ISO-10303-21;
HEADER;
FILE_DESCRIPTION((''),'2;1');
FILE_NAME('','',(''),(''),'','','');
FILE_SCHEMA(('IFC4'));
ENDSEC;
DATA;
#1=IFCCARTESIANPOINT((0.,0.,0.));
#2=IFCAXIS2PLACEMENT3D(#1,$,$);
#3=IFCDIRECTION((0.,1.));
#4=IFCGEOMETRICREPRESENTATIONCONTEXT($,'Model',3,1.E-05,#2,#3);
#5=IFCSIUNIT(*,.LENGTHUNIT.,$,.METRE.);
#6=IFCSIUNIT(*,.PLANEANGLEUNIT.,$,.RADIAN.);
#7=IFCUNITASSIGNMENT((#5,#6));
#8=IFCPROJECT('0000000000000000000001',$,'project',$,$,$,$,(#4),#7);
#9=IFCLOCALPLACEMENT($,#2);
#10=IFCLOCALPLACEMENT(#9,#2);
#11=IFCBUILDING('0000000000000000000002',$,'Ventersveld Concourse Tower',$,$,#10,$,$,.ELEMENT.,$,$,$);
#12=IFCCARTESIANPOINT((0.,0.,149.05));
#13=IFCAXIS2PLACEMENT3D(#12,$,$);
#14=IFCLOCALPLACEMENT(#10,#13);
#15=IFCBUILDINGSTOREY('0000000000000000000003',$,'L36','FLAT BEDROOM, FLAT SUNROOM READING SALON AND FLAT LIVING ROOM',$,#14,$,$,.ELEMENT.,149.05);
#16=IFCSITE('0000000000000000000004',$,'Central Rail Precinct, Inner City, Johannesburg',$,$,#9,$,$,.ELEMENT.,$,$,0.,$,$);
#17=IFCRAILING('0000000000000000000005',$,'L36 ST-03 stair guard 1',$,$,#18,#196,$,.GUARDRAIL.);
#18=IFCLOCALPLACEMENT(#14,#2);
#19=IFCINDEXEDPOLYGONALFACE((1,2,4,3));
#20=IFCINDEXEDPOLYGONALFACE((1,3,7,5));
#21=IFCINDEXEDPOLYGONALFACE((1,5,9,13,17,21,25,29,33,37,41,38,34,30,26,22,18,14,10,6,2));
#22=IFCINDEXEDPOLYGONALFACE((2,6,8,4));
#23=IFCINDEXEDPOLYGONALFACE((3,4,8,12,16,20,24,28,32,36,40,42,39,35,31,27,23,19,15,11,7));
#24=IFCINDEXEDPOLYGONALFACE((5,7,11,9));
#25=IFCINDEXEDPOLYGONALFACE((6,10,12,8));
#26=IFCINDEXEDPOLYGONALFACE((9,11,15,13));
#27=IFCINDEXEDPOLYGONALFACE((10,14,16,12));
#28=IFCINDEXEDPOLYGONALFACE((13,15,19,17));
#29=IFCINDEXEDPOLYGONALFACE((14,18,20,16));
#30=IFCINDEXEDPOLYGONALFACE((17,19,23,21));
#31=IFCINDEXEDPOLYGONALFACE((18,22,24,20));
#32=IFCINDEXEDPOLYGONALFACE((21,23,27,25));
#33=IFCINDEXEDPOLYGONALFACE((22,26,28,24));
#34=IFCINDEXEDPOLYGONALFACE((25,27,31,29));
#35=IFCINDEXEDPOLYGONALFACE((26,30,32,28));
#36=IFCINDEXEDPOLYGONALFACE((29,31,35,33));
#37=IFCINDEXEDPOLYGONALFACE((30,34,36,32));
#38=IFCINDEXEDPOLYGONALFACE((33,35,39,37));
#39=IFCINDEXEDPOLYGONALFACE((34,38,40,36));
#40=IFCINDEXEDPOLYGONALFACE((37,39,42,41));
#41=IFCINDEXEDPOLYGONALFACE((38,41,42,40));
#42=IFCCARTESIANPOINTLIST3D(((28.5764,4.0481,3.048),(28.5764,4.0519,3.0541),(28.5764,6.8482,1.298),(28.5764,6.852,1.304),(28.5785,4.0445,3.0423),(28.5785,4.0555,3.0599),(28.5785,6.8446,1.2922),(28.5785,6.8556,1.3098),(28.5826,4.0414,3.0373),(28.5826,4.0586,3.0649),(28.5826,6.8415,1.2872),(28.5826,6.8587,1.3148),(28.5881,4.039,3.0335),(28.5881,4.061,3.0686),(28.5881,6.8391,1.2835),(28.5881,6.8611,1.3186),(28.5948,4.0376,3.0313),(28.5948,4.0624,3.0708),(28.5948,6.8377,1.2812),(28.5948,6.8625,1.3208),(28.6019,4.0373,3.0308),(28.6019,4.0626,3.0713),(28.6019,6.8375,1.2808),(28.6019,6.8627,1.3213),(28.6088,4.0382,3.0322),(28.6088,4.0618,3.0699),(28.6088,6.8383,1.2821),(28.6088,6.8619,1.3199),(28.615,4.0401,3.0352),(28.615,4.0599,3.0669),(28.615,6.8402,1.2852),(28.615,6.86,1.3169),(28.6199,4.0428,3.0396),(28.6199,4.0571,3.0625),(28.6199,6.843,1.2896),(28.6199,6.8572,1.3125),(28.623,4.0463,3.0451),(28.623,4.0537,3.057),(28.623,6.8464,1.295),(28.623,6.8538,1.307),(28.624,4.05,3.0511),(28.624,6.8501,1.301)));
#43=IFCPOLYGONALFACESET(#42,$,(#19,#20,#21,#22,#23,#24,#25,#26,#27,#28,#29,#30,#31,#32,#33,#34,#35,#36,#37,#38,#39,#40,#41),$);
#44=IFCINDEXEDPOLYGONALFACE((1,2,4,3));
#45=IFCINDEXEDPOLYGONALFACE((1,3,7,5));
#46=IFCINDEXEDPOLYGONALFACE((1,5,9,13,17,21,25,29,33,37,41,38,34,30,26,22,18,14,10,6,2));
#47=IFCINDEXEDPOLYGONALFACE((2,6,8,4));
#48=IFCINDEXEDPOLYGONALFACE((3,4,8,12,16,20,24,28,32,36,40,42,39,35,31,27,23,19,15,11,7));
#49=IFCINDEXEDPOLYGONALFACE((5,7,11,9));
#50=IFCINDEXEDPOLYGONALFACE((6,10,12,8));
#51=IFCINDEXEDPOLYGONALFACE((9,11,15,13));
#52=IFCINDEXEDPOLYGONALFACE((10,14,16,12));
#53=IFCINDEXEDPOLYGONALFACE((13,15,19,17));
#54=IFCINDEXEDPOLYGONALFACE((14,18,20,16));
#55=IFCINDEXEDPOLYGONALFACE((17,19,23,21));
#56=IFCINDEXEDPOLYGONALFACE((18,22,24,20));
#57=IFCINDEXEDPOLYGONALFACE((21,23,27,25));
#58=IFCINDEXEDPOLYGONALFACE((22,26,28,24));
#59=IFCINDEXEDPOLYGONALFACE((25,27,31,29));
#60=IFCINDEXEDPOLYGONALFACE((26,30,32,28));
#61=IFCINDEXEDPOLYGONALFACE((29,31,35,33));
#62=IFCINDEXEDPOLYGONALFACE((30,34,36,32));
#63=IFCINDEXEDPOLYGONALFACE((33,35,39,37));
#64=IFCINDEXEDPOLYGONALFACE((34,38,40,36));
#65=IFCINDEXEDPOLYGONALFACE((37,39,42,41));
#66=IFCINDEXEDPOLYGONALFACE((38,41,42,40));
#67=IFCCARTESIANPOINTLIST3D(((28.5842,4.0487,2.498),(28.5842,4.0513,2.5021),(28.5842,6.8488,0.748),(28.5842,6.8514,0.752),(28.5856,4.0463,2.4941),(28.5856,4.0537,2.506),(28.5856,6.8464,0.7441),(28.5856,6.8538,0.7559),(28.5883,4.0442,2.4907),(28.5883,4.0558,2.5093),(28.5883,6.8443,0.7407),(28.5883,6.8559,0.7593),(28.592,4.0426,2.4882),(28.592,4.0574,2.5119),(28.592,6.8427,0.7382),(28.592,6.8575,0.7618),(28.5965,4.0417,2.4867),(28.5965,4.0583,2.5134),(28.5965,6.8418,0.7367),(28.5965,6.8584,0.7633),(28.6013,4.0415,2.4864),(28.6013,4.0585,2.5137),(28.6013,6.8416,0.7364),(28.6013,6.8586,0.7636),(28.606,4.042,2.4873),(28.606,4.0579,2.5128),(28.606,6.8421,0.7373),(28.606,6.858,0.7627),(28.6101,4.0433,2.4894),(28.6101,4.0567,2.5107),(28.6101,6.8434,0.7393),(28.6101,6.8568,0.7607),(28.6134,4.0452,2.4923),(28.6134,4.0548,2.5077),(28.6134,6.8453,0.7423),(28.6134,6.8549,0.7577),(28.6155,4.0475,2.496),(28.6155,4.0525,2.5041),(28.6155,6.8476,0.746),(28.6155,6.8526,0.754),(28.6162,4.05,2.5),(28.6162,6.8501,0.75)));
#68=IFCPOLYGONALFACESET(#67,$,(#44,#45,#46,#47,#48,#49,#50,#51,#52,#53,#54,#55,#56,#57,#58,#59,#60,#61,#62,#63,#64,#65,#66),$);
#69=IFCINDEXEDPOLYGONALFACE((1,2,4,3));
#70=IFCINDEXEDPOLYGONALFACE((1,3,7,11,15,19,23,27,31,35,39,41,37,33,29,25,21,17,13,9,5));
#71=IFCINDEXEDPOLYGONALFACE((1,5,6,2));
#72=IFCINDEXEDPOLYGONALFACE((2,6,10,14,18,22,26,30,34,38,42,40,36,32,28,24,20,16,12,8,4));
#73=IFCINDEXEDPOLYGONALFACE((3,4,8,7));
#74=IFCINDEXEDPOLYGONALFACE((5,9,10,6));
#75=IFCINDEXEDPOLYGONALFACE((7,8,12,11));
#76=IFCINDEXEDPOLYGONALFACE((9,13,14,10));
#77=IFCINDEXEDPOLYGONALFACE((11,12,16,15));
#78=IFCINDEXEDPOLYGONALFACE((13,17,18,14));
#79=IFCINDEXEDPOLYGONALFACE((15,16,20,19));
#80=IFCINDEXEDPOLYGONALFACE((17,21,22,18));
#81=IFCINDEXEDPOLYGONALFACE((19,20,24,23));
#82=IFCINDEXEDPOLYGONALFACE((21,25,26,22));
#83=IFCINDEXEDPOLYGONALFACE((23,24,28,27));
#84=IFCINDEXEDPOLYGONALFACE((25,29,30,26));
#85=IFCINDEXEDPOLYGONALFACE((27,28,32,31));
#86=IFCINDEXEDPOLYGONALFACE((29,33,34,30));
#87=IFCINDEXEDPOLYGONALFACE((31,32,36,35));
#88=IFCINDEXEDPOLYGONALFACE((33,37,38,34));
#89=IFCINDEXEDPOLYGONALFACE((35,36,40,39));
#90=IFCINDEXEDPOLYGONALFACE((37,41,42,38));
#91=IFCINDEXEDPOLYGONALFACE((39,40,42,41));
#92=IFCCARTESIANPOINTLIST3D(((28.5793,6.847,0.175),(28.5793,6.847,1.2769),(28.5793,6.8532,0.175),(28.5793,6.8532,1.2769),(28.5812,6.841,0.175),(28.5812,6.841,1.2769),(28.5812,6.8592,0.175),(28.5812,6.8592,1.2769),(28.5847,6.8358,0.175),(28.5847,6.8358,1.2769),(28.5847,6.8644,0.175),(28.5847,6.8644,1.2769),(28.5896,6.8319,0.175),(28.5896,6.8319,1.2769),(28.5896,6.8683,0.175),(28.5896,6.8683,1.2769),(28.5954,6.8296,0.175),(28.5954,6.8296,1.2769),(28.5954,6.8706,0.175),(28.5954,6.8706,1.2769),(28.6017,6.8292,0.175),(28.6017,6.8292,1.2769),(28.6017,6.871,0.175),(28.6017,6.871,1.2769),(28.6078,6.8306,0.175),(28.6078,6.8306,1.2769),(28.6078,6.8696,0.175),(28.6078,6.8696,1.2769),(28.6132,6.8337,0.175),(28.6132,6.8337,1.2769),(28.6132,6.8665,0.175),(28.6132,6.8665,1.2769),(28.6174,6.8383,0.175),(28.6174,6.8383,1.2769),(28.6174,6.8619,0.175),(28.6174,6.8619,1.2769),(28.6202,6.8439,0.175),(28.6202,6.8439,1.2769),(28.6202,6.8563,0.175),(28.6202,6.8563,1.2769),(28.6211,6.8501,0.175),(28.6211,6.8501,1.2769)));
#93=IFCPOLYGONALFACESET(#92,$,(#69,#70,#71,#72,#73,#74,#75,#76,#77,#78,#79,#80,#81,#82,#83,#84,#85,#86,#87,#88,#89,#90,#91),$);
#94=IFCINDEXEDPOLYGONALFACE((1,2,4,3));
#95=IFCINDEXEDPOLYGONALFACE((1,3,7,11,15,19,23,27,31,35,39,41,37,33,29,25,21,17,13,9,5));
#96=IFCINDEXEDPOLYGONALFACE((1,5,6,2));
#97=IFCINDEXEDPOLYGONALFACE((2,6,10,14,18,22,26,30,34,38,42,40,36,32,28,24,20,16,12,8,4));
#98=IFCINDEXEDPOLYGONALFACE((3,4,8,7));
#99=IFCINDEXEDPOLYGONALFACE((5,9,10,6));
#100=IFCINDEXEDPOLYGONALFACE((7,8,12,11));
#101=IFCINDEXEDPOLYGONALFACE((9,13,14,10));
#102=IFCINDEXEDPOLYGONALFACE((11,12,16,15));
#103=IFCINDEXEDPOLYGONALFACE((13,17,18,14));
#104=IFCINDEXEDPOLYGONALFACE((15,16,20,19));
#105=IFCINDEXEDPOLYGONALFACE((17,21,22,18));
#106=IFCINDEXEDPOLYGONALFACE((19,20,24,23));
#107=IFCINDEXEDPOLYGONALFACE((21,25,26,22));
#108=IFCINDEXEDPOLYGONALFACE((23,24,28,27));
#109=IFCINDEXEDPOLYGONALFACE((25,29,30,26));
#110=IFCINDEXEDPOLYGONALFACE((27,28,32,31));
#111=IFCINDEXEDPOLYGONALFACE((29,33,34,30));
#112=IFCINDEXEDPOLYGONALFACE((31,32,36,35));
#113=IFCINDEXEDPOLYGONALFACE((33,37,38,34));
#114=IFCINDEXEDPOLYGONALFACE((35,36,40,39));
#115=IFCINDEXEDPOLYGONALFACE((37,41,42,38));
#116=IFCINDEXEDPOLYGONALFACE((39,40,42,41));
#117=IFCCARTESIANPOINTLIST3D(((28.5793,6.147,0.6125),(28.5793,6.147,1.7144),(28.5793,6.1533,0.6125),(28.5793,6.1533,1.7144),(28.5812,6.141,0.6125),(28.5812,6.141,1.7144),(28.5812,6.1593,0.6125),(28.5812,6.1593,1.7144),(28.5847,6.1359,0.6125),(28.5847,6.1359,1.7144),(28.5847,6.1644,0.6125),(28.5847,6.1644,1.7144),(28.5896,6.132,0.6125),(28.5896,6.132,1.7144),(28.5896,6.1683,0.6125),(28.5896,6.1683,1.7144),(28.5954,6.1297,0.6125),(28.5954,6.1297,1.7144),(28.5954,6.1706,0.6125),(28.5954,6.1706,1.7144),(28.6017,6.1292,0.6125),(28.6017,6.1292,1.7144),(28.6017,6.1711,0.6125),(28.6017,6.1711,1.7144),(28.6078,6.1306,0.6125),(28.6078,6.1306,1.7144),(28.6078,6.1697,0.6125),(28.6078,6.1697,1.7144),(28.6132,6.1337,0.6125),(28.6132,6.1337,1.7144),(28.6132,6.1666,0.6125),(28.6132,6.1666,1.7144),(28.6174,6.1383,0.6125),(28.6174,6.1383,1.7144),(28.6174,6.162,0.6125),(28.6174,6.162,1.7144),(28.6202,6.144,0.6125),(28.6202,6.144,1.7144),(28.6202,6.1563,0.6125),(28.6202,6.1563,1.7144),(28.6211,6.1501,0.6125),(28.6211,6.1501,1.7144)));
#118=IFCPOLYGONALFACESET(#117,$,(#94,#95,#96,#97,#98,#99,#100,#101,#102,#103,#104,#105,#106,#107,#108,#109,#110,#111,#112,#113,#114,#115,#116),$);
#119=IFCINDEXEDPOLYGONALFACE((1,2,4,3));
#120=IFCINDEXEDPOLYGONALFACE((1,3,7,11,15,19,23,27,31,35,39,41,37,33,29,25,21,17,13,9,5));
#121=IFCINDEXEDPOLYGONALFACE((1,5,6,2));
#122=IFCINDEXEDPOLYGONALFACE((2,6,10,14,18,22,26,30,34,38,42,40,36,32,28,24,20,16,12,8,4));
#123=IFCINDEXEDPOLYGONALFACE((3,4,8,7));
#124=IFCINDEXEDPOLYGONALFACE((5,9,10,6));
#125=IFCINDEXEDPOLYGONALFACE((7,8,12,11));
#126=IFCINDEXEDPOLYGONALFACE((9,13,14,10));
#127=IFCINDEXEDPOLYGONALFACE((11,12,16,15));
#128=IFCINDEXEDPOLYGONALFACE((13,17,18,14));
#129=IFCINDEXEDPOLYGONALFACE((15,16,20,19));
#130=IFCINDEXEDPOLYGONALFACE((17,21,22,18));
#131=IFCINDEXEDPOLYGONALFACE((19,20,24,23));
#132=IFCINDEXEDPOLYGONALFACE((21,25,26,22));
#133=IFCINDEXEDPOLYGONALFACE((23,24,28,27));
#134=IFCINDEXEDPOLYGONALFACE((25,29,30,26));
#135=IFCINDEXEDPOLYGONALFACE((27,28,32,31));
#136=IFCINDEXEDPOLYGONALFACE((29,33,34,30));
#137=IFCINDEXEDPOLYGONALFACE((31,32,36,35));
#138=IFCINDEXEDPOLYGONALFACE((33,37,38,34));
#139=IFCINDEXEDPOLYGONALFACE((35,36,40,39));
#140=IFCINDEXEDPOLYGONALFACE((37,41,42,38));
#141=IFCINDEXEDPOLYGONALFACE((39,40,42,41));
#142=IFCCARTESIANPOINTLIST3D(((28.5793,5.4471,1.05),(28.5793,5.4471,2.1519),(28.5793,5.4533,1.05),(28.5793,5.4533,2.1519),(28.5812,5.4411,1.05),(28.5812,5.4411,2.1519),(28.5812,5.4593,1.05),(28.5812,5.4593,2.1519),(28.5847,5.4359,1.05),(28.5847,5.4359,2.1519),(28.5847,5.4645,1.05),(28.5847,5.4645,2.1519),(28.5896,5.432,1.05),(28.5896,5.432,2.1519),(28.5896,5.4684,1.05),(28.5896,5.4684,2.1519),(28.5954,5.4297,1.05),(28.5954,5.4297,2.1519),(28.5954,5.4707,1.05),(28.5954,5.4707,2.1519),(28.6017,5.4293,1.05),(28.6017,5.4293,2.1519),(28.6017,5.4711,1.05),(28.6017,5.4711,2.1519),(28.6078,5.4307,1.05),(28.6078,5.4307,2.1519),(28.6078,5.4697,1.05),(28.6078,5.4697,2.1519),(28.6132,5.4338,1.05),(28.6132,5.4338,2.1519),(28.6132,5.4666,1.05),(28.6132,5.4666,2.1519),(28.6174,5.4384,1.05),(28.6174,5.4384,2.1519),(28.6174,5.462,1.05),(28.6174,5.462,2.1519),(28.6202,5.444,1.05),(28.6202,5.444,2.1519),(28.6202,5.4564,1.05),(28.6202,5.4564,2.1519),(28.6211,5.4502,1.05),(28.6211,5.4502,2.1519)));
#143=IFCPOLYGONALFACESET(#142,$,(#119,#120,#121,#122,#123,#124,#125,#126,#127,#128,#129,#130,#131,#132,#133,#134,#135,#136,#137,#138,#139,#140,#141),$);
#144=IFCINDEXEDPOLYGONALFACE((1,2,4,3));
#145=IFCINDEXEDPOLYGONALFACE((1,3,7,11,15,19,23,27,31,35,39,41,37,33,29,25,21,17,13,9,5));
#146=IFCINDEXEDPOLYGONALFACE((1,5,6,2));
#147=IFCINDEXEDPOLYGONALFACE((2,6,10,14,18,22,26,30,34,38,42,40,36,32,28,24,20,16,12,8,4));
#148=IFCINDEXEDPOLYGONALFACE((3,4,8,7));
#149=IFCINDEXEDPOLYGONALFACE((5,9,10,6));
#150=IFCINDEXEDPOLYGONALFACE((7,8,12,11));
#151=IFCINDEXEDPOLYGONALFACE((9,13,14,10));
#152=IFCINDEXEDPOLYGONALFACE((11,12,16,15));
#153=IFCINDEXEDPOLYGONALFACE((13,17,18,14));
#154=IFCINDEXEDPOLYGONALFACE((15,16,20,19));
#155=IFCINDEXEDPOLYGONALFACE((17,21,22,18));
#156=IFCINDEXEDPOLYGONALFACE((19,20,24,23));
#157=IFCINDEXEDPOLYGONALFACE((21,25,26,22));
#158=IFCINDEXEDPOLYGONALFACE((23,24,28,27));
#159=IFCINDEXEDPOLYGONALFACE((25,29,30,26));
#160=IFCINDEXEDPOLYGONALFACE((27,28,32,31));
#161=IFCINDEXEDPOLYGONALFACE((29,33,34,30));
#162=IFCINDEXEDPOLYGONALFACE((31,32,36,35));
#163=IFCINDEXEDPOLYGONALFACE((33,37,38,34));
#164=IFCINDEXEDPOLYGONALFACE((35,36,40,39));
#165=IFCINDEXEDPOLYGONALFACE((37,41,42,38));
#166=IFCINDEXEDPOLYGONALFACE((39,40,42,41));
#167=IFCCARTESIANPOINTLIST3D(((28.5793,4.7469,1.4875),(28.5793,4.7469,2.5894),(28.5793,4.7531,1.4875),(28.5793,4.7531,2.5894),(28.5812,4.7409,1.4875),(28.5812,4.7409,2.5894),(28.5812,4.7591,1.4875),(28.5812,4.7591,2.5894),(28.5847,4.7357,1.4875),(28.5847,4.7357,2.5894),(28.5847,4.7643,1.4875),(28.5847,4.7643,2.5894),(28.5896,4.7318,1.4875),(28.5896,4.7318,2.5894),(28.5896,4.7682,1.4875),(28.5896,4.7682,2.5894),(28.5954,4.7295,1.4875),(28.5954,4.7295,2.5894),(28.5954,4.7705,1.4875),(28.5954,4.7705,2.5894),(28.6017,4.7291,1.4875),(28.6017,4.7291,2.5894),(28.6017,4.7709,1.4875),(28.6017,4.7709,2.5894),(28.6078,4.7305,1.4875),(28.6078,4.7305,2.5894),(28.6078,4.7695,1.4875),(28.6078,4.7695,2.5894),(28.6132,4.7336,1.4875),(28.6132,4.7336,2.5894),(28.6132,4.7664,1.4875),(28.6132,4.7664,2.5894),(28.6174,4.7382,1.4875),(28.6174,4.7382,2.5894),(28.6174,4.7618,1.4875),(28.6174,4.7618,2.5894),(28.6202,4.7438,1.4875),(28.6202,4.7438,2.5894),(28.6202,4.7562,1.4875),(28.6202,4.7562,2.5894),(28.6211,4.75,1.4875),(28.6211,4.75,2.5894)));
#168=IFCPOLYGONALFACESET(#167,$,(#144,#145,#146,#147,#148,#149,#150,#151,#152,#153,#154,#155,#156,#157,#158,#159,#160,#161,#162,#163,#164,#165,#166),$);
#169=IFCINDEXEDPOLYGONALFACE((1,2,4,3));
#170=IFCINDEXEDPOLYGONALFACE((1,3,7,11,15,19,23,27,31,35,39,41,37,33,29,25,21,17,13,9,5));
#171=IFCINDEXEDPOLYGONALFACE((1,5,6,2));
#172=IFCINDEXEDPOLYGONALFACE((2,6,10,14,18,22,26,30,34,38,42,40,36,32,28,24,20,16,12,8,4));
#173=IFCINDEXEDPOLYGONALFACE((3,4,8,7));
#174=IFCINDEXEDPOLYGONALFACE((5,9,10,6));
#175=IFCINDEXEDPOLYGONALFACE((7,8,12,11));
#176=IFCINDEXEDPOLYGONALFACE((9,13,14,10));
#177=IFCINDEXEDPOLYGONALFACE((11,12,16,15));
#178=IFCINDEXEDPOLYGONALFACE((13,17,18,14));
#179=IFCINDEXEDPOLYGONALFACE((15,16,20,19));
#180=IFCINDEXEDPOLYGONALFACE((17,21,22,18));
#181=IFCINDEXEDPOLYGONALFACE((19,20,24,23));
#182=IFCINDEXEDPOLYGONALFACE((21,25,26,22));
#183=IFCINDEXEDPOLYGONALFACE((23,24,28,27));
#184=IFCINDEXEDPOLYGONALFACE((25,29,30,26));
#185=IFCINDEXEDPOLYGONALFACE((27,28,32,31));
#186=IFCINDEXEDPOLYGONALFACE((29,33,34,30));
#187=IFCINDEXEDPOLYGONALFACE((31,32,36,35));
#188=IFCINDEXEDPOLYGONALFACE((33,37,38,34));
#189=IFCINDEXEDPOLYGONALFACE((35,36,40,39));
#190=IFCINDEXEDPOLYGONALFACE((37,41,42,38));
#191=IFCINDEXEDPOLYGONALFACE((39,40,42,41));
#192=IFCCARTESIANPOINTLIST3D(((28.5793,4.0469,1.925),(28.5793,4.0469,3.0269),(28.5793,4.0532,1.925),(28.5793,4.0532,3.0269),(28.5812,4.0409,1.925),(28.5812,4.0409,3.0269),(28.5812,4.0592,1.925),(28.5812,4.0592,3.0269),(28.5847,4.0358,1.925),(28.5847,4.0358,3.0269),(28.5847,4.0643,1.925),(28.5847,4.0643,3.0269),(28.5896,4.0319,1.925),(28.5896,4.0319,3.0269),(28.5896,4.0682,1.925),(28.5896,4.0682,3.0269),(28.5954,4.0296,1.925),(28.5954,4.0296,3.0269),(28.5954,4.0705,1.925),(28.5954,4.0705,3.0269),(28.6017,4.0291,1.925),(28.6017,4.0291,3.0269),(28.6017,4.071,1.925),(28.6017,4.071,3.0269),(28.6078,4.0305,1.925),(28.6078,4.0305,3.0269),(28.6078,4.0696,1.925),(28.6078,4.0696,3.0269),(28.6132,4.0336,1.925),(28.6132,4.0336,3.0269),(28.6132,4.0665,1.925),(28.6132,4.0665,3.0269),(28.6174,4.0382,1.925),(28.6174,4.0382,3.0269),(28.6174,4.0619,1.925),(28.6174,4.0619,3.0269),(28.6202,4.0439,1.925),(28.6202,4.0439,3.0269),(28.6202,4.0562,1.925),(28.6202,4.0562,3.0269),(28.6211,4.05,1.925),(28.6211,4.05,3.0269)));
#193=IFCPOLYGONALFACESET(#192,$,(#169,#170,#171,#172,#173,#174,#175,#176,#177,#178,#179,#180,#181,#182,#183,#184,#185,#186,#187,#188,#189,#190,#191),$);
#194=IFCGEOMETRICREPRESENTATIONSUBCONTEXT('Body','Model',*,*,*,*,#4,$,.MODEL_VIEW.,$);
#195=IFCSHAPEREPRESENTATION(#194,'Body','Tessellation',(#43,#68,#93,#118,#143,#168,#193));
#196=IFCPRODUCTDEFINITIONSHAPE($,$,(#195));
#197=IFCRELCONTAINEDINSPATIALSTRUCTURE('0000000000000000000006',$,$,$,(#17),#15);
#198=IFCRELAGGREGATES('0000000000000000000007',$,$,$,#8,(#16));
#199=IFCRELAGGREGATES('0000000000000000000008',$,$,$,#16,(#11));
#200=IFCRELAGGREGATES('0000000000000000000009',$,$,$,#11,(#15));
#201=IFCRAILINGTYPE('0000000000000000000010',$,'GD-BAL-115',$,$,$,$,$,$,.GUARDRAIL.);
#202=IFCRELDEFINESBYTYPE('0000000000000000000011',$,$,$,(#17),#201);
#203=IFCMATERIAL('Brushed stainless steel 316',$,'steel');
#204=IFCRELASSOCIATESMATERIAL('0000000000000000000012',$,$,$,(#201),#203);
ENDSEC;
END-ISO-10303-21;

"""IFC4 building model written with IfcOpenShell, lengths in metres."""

from ifc_helpers import new_model, si_unit, direction, frame, origin, origin_2d, place, context, subcontext, project, spatial, circle, extrude, material, type_object, element, save


model = new_model("IFC4")

# Units and contexts
model_context = context("Model", 3, precision=1e-05, world=origin(), true_north=direction((0.0, 1.0)))
body_context = subcontext(model_context, "Body", "Model", "MODEL_VIEW")
ifc_project = project(units=[si_unit("LENGTHUNIT", "METRE"), si_unit("PLANEANGLEUNIT", "RADIAN")], contexts=[model_context])

# Site, building, storey
site_placement = place(None, origin())
site = spatial("IfcSite", under=ifc_project, at=site_placement, Name="Central Rail Precinct, Inner City, Johannesburg", CompositionType="ELEMENT", RefElevation=0.0)
building_placement = place(site_placement, origin())
building = spatial("IfcBuilding", under=site, at=building_placement, Name="Ventersveld Concourse Tower", CompositionType="ELEMENT")
storey_placement = place(building_placement, frame((0.0, 0.0, 149.05)))
storey = spatial("IfcBuildingStorey", under=building, at=storey_placement, Name="L36", Description="FLAT BEDROOM, FLAT SUNROOM READING SALON AND FLAT LIVING ROOM", CompositionType="ELEMENT", Elevation=149.05)

# Shared definitions
ifc_material_1 = material(Name="Brushed stainless steel 316", Category="steel")

# Railing
railing_type_1 = type_object("IfcRailingType", Name="GD-BAL-115", PredefinedType="GUARDRAIL", material=ifc_material_1)
railing_1_placement = place(storey_placement, frame((28.6001, 6.8501, 0.175)))
element("IfcRailing", 1, at=railing_1_placement, inside=storey, type_object=railing_type_1, Name="L36 ST-03 stair guard 1", PredefinedType="GUARDRAIL", context=body_context, shape_type="SweptSolid", body=[
    extrude(circle(Radius=0.0239, at=origin_2d()), frame((0.0, 0.0, 1.126), z_axis=(0.0, -0.848002, 0.529992), x_axis=(1.0, 0.0, 0.0)), (0.0, 0.0, 1.0), 3.302),
    extrude(circle(Radius=0.0161, at=origin_2d()), frame((0.0, 0.0, 0.575), z_axis=(0.0, -0.848002, 0.529992), x_axis=(1.0, 0.0, 0.0)), (0.0, 0.0, 1.0), 3.302),
    extrude(circle(Radius=0.021, at=origin_2d()), origin(), (0.0, 0.0, 1.0), 1.1018),
    extrude(circle(Radius=0.021, at=origin_2d()), frame((0.0, -0.7, 0.4375)), (0.0, 0.0, 1.0), 1.1018),
    extrude(circle(Radius=0.021, at=origin_2d()), frame((0.0, -1.3999, 0.875)), (0.0, 0.0, 1.0), 1.1018),
    extrude(circle(Radius=0.021, at=origin_2d()), frame((0.0, -2.1001, 1.3125)), (0.0, 0.0, 1.0), 1.1018),
    extrude(circle(Radius=0.021, at=origin_2d()), frame((0.0, -2.8, 1.75)), (0.0, 0.0, 1.0), 1.1018),
])

save(model, "model.ifc")
